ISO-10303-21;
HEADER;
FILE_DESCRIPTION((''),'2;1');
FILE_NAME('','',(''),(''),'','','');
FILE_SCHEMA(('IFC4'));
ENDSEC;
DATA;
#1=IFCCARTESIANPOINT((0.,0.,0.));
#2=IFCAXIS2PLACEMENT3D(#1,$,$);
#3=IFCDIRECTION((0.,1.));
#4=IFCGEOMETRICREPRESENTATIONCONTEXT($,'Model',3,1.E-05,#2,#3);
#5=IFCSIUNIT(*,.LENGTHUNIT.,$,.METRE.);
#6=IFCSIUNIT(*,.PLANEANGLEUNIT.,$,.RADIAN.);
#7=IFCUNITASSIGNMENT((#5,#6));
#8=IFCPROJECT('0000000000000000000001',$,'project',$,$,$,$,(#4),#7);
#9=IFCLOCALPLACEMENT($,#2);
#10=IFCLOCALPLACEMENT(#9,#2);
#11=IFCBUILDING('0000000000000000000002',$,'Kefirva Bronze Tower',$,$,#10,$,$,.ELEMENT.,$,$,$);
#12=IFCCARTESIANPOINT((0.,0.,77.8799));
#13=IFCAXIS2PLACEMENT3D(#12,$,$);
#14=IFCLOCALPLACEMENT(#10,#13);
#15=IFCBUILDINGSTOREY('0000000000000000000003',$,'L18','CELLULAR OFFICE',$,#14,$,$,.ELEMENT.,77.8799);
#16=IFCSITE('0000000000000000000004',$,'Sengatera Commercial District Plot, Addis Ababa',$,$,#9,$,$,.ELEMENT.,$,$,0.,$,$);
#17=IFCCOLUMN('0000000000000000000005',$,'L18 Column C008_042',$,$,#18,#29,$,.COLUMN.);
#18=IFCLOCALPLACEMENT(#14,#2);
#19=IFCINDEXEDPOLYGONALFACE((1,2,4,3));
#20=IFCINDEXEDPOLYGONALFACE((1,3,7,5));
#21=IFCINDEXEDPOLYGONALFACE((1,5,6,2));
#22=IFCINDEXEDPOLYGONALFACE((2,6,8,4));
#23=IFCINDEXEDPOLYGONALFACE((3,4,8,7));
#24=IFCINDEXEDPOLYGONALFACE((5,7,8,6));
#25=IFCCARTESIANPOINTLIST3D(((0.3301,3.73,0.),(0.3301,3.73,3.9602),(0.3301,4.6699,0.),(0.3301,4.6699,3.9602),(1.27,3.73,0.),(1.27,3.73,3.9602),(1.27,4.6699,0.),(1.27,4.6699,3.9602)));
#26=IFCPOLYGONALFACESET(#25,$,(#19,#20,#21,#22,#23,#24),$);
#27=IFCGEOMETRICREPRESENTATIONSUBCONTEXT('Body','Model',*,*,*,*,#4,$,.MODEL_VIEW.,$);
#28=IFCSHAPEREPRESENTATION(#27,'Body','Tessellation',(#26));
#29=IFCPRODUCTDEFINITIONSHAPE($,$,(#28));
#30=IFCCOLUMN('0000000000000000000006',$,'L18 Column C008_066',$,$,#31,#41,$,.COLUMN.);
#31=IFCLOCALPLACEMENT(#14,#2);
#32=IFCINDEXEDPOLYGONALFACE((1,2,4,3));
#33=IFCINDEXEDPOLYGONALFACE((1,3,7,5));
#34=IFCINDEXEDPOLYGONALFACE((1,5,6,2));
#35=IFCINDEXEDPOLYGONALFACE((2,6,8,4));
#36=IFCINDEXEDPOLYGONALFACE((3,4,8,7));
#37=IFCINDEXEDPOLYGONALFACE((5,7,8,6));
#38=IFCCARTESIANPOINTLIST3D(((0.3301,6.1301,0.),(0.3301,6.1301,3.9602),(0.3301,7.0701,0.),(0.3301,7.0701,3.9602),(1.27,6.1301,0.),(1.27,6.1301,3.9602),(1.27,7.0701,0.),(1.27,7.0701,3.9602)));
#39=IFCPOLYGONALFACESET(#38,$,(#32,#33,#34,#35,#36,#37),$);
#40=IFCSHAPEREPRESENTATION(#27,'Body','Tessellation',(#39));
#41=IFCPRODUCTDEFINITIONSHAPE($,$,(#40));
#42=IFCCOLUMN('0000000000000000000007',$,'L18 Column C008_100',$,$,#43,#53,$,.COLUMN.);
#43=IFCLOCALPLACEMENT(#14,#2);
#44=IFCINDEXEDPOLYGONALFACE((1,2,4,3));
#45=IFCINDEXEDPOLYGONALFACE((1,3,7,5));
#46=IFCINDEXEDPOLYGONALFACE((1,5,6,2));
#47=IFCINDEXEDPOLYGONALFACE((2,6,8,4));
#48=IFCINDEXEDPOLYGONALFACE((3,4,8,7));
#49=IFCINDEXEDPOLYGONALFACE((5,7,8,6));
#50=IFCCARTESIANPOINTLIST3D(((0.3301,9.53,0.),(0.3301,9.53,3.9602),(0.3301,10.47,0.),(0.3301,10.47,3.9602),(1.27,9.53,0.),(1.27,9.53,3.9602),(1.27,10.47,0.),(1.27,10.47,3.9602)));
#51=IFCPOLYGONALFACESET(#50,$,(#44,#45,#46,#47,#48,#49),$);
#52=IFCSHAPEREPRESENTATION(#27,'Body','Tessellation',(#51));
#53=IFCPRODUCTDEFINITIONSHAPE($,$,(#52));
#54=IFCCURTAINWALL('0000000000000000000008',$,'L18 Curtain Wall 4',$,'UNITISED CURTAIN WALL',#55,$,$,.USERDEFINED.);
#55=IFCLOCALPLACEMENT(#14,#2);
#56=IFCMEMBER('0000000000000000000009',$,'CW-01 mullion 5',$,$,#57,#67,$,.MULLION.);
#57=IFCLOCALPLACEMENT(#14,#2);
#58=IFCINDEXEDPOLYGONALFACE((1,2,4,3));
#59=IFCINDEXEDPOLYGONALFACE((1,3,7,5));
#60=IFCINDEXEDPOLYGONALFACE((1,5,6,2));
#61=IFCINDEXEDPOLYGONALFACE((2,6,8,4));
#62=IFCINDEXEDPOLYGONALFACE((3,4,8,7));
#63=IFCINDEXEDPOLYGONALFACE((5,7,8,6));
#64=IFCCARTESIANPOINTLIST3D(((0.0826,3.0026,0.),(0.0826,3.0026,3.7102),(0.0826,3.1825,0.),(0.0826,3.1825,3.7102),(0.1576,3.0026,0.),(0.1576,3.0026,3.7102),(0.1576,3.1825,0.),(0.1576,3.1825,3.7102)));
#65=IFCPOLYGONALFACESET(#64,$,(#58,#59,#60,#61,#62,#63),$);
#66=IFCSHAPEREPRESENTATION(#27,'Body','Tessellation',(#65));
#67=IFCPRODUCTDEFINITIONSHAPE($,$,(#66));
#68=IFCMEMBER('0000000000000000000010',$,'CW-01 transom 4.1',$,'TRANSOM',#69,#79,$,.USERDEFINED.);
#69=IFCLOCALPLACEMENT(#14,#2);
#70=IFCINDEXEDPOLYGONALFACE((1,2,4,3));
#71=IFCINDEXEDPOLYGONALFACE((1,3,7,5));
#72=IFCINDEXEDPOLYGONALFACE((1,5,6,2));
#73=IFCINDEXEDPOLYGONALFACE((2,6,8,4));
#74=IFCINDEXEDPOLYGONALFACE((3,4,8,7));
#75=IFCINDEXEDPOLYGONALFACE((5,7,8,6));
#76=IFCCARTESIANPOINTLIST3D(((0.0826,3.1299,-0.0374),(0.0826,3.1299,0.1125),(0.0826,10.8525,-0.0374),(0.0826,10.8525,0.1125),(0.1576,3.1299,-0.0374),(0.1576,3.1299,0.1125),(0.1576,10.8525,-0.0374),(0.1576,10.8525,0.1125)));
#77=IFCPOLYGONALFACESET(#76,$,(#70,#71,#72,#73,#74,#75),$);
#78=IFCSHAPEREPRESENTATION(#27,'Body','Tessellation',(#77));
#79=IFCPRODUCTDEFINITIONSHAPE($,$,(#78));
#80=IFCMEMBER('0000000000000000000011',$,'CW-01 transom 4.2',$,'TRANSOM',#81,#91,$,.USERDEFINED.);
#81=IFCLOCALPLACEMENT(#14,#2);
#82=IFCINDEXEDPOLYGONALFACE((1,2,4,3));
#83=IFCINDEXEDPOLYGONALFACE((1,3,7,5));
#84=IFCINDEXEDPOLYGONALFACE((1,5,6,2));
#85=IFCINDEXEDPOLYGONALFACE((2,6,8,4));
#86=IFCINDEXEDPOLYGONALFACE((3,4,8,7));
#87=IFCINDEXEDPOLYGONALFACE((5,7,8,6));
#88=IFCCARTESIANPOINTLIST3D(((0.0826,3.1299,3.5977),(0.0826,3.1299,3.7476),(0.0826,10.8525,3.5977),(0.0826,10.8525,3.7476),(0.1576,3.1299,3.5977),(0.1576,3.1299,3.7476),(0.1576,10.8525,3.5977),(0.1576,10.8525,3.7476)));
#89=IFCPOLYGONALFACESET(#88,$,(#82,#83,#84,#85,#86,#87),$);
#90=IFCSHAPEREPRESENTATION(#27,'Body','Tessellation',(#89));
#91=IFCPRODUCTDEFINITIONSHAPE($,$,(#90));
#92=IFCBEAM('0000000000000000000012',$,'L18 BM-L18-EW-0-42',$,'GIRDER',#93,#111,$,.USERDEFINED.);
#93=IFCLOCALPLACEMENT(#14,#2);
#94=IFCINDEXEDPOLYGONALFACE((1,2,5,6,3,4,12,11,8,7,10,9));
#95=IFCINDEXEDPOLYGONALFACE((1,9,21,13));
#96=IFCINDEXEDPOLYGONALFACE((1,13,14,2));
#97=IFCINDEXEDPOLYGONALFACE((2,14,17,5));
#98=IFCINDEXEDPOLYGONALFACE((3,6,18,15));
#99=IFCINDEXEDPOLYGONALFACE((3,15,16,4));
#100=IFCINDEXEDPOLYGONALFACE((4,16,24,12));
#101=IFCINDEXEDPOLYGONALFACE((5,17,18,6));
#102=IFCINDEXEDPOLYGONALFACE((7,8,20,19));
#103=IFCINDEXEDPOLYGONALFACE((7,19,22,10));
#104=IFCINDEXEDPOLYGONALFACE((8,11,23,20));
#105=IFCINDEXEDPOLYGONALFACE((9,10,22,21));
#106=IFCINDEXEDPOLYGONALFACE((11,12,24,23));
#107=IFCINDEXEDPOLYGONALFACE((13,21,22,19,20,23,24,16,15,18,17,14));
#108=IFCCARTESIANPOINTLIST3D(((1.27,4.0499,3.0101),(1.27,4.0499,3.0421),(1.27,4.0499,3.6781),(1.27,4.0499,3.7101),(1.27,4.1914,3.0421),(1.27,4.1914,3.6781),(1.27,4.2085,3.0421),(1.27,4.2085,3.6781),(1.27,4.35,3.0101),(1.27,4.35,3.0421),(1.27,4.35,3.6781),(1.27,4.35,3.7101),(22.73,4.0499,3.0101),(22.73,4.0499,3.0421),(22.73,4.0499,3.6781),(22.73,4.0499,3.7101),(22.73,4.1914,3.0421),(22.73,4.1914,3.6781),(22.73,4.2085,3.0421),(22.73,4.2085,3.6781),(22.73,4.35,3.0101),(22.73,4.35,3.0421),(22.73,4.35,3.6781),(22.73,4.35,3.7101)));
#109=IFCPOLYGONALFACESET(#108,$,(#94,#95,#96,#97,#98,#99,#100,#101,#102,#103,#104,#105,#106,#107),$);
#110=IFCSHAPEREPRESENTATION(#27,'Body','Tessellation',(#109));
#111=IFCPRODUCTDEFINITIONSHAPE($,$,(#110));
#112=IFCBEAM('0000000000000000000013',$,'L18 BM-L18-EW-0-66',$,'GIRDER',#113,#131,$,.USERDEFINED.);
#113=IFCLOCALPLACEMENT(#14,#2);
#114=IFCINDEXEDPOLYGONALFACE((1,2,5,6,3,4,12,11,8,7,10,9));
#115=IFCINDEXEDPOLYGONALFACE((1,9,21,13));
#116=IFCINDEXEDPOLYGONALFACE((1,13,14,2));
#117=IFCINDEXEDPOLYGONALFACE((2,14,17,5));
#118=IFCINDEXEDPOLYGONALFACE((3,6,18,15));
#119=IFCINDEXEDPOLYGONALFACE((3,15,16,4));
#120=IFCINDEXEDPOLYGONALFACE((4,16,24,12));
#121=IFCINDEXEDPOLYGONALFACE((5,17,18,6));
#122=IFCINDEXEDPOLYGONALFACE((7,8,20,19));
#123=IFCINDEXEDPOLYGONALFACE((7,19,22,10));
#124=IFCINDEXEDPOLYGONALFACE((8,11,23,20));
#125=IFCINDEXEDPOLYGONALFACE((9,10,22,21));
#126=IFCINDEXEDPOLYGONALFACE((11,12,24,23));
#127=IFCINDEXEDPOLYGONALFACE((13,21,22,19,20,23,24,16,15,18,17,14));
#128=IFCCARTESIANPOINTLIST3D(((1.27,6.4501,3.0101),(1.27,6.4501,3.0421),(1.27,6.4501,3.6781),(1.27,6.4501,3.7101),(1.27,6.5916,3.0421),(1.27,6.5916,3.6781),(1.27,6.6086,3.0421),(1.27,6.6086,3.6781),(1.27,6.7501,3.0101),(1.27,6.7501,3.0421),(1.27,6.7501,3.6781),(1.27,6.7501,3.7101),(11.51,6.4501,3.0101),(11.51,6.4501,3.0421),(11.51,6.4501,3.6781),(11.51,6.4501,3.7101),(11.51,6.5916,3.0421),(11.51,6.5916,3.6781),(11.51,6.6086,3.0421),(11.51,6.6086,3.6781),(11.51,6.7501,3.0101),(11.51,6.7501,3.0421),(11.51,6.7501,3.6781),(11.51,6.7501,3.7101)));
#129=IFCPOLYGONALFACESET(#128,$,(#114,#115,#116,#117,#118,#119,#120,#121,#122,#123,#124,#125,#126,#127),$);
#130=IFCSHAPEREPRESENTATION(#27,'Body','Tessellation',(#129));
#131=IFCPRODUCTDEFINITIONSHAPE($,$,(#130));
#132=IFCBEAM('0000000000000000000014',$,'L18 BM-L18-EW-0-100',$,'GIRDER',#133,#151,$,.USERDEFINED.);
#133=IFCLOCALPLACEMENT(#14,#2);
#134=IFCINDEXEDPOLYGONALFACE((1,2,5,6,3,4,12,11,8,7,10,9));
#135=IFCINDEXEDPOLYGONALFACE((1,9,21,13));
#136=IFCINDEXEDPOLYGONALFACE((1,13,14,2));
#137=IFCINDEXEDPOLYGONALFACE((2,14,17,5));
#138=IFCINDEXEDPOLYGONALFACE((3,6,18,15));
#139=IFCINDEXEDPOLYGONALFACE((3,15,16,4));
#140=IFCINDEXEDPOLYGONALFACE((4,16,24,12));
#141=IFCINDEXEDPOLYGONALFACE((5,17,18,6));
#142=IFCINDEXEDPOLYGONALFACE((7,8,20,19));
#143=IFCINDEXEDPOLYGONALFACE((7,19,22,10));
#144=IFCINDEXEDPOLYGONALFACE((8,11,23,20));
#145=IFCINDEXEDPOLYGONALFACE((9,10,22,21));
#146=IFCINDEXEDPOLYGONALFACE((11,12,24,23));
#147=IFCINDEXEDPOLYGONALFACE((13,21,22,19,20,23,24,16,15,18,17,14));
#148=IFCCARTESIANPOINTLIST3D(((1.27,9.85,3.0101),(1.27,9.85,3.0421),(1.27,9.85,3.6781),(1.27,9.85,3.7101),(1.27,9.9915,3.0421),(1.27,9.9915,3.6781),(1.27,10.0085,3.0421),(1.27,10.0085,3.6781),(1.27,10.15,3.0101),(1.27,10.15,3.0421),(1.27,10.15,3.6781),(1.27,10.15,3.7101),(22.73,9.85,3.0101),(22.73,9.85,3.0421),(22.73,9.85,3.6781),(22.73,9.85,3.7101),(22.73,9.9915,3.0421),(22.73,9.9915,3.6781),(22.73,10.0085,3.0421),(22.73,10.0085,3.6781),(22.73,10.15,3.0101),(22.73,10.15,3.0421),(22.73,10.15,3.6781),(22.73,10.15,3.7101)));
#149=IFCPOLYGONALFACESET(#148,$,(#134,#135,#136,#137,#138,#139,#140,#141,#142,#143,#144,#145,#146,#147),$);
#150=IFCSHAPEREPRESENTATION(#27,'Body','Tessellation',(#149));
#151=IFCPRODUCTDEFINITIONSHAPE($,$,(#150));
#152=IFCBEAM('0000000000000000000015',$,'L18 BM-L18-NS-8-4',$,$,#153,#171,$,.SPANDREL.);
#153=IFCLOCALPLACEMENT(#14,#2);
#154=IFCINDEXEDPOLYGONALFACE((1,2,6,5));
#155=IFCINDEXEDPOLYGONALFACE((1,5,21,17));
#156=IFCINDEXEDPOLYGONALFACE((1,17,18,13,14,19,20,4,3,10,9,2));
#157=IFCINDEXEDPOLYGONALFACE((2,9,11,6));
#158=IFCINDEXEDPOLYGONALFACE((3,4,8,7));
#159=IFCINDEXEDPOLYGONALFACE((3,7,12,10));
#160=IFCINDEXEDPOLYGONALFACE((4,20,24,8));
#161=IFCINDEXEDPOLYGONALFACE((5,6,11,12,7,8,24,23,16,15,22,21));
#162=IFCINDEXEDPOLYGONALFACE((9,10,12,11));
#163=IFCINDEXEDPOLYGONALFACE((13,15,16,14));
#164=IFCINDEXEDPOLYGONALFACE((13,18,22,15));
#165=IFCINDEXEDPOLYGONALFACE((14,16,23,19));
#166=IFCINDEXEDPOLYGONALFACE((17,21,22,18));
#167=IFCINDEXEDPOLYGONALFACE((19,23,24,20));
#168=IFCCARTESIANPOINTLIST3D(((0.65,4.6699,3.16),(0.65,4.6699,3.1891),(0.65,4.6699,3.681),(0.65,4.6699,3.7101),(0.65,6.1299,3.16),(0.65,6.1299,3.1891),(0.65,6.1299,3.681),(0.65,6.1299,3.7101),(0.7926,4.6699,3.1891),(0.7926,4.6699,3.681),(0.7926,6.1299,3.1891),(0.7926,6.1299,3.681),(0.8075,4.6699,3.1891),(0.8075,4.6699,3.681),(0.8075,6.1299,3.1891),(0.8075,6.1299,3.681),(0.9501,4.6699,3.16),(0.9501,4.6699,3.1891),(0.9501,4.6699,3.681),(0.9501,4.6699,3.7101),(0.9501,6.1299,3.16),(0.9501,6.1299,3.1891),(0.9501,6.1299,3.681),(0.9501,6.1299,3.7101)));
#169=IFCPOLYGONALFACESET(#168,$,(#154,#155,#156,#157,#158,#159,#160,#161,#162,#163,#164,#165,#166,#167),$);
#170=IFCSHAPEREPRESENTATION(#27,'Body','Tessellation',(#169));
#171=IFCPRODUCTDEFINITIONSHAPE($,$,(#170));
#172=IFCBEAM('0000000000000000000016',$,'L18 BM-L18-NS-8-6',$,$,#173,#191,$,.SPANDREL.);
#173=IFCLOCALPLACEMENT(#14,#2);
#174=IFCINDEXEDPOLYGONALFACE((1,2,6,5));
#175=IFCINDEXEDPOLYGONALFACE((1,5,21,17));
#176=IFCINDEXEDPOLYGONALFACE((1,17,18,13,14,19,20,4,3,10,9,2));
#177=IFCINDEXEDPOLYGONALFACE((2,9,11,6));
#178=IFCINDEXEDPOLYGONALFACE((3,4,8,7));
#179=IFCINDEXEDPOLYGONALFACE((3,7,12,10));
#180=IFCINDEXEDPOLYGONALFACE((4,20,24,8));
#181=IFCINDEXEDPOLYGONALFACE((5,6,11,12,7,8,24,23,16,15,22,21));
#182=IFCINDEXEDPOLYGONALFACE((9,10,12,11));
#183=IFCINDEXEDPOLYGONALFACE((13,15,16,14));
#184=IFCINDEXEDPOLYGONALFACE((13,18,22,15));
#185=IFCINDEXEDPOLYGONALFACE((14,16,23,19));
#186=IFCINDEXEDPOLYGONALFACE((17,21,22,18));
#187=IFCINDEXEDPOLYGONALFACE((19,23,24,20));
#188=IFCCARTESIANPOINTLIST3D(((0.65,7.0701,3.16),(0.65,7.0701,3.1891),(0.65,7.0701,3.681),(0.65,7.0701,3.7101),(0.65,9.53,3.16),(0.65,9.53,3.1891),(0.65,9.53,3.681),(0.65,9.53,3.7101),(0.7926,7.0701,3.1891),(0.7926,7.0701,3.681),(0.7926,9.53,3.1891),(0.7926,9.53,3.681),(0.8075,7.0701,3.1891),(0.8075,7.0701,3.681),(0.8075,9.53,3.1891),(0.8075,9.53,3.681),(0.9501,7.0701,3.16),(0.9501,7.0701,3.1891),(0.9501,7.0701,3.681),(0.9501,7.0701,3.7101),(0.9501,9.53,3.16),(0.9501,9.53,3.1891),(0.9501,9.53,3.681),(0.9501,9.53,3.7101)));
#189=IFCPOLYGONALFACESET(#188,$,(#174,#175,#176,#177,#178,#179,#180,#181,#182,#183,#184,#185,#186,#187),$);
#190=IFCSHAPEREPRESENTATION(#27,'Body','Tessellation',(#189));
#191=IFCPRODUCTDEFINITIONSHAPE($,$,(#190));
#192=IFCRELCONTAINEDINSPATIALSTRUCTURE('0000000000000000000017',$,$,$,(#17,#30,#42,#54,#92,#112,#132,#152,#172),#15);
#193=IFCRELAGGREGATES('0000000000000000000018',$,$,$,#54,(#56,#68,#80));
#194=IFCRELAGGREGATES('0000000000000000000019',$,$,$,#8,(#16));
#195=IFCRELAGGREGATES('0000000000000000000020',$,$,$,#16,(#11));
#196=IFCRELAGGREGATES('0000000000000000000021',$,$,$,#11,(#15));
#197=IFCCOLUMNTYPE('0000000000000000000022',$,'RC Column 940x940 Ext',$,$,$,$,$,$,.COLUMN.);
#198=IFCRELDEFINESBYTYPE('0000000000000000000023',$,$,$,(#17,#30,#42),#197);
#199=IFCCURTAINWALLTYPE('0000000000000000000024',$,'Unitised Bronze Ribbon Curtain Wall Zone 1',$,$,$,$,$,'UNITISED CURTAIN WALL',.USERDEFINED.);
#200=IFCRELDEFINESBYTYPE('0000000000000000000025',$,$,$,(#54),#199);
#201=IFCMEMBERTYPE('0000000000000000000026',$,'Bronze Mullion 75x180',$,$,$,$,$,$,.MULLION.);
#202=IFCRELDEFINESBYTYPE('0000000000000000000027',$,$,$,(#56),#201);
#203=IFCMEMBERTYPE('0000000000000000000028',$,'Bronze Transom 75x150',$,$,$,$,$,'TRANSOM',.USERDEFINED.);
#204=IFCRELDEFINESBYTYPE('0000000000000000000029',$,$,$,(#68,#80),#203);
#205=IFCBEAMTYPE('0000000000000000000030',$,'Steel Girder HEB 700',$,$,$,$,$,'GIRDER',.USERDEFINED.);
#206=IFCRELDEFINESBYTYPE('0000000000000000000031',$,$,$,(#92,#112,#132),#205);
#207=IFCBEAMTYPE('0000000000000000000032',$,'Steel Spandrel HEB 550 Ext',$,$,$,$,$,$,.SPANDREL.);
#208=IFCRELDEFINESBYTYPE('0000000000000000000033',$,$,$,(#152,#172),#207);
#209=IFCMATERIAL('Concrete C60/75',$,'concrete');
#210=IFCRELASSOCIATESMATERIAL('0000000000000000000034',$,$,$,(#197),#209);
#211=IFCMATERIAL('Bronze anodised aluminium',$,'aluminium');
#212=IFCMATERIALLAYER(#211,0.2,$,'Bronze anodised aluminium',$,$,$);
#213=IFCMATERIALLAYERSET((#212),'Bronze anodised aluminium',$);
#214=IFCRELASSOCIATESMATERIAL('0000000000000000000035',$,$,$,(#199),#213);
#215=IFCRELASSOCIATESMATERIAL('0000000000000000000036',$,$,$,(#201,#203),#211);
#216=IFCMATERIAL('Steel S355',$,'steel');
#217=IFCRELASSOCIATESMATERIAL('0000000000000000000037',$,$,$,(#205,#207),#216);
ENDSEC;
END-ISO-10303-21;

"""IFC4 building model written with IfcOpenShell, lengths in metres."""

from ifc_helpers import new_model, si_unit, direction, frame, origin, origin_2d, place, context, subcontext, project, spatial, rectangle, i_section, extrude, material, layer, layer_set, material_profile, profile_set, type_object, element, aggregate, save


model = new_model("IFC4")

# Units and contexts
model_context = context("Model", 3, precision=1e-05, world=origin(), true_north=direction((0.0, 1.0)))
body_context = subcontext(model_context, "Body", "Model", "MODEL_VIEW")
ifc_project = project(units=[si_unit("LENGTHUNIT", "METRE"), si_unit("PLANEANGLEUNIT", "RADIAN")], contexts=[model_context])

# Site, building, storey
site_placement = place(None, origin())
site = spatial("IfcSite", under=ifc_project, at=site_placement, Name="Sengatera Commercial District Plot, Addis Ababa", CompositionType="ELEMENT", RefElevation=0.0)
building_placement = place(site_placement, origin())
building = spatial("IfcBuilding", under=site, at=building_placement, Name="Kefirva Bronze Tower", CompositionType="ELEMENT")
storey_placement = place(building_placement, frame((0.0, 0.0, 77.8799)))
storey = spatial("IfcBuildingStorey", under=building, at=storey_placement, Name="L18", Description="CELLULAR OFFICE", CompositionType="ELEMENT", Elevation=77.8799)

# Columns
ifc_material_1 = material(Name="Concrete C60/75", Category="concrete")
ifc_material_profile_1 = material_profile(ifc_material_1, rectangle(XDim=0.9399, YDim=0.9399, at=origin_2d()), Name="RC 940x940")
ifc_profile_set_1 = profile_set([ifc_material_profile_1], Name="Concrete C60/75")
column_type = type_object("IfcColumnType", Name="RC Column 940x940 Ext", PredefinedType="COLUMN", material=ifc_profile_set_1)
for number, where, z_axis, x_axis, name in (
    (1, (0.8, 4.2, 0.0), (0.0, 0.0, 1.0), (1.0, 0.0, 0.0), "L18 Column C008_042"),
    (2, (0.8, 6.6001, 0.0), (0.0, 0.0, 1.0), (1.0, 0.0, 0.0), "L18 Column C008_066"),
    (3, (0.8, 10.0, 0.0), (0.0, 0.0, 1.0), (1.0, 0.0, 0.0), "L18 Column C008_100"),
):
    element("IfcColumn", number, at=place(storey_placement, frame(where, z_axis=z_axis, x_axis=x_axis)), inside=storey, type_object=column_type, Name=name, PredefinedType="COLUMN", context=body_context, shape_type="SweptSolid", body=[
        extrude(rectangle(XDim=0.9399, YDim=0.9399, at=origin_2d()), origin(), (0.0, 0.0, 1.0), 3.9602),
    ])

# Curtain wall, members
ifc_material_2 = material(Name="Bronze anodised aluminium", Category="aluminium")
ifc_layer_1 = layer(ifc_material_2, 0.2, Name="Bronze anodised aluminium")
ifc_layer_set_1 = layer_set([ifc_layer_1], Name="Bronze anodised aluminium")
curtain_wall_type = type_object("IfcCurtainWallType", Name="Unitised Bronze Ribbon Curtain Wall Zone 1", ElementType="UNITISED CURTAIN WALL", PredefinedType="USERDEFINED", material=ifc_layer_set_1)
curtain_wall_placement = place(storey_placement, origin())
curtain_wall = element("IfcCurtainWall", 4, at=curtain_wall_placement, inside=storey, type_object=curtain_wall_type, Name="L18 Curtain Wall 4", ObjectType="UNITISED CURTAIN WALL", PredefinedType="USERDEFINED")
ifc_material_profile_2 = material_profile(ifc_material_2, rectangle(XDim=0.075, YDim=0.1799, at=origin_2d()), Name="ALU 75x180")
ifc_profile_set_2 = profile_set([ifc_material_profile_2], Name="Bronze anodised aluminium")
member_type_1 = type_object("IfcMemberType", Name="Bronze Mullion 75x180", PredefinedType="MULLION", material=ifc_profile_set_2)
member_1_placement = place(storey_placement, frame((0.1201, 3.0925, 0.0), z_axis=(0.0, 0.0, 1.0), x_axis=(1.0, 0.0, 0.0)))
member_1 = element("IfcMember", 5, at=member_1_placement, type_object=member_type_1, Name="CW-01 mullion 5", PredefinedType="MULLION", context=body_context, shape_type="SweptSolid", body=[
    extrude(rectangle(XDim=0.075, YDim=0.1799, at=origin_2d()), origin(), (0.0, 0.0, 1.0), 3.7102),
])
ifc_material_profile_3 = material_profile(ifc_material_2, rectangle(XDim=0.075, YDim=0.1499, at=origin_2d()), Name="ALU 75x150")
ifc_profile_set_3 = profile_set([ifc_material_profile_3], Name="Bronze anodised aluminium")
member_type_2 = type_object("IfcMemberType", Name="Bronze Transom 75x150", ElementType="TRANSOM", PredefinedType="USERDEFINED", material=ifc_profile_set_3)
member_2_placement = place(storey_placement, frame((0.1201, 10.8525, 0.0376), z_axis=(0.0, -1.0, 0.0), x_axis=(1.0, 0.0, 0.0)))
member_2 = element("IfcMember", 6, at=member_2_placement, type_object=member_type_2, Name="CW-01 transom 4.1", ObjectType="TRANSOM", PredefinedType="USERDEFINED", context=body_context, shape_type="SweptSolid", body=[
    extrude(rectangle(XDim=0.075, YDim=0.1499, at=origin_2d()), origin(), (0.0, 0.0, 1.0), 7.7227),
])
member_3_placement = place(storey_placement, frame((0.1201, 10.8525, 3.6726), z_axis=(0.0, -1.0, 0.0), x_axis=(1.0, 0.0, 0.0)))
member_3 = element("IfcMember", 7, at=member_3_placement, type_object=member_type_2, Name="CW-01 transom 4.2", ObjectType="TRANSOM", PredefinedType="USERDEFINED", context=body_context, shape_type="SweptSolid", body=[
    extrude(rectangle(XDim=0.075, YDim=0.1499, at=origin_2d()), origin(), (0.0, 0.0, 1.0), 7.7227),
])

# Beams
ifc_material_3 = material(Name="Steel S355", Category="steel")
ifc_material_profile_4 = material_profile(ifc_material_3, i_section(OverallWidth=0.3, OverallDepth=0.7, WebThickness=0.0171, FlangeThickness=0.032, at=origin_2d()), Name="HEB 700")
ifc_profile_set_4 = profile_set([ifc_material_profile_4], Name="Steel S355")
beam_type_1 = type_object("IfcBeamType", Name="Steel Girder HEB 700", ElementType="GIRDER", PredefinedType="USERDEFINED", material=ifc_profile_set_4)
beam_1_placement = place(storey_placement, frame((1.27, 4.2, 3.3601), z_axis=(1.0, 0.0, 0.0), x_axis=(0.0, 1.0, 0.0)))
element("IfcBeam", 8, at=beam_1_placement, inside=storey, type_object=beam_type_1, Name="L18 BM-L18-EW-0-42", ObjectType="GIRDER", PredefinedType="USERDEFINED", context=body_context, shape_type="SweptSolid", body=[
    extrude(i_section(OverallWidth=0.3, OverallDepth=0.7, WebThickness=0.0171, FlangeThickness=0.032, at=origin_2d()), origin(), (0.0, 0.0, 1.0), 21.46),
])
beam_2_placement = place(storey_placement, frame((1.27, 6.6001, 3.3601), z_axis=(1.0, 0.0, 0.0), x_axis=(0.0, 1.0, 0.0)))
element("IfcBeam", 9, at=beam_2_placement, inside=storey, type_object=beam_type_1, Name="L18 BM-L18-EW-0-66", ObjectType="GIRDER", PredefinedType="USERDEFINED", context=body_context, shape_type="SweptSolid", body=[
    extrude(i_section(OverallWidth=0.3, OverallDepth=0.7, WebThickness=0.0171, FlangeThickness=0.032, at=origin_2d()), origin(), (0.0, 0.0, 1.0), 10.24),
])
beam_3_placement = place(storey_placement, frame((1.27, 10.0, 3.3601), z_axis=(1.0, 0.0, 0.0), x_axis=(0.0, 1.0, 0.0)))
element("IfcBeam", 10, at=beam_3_placement, inside=storey, type_object=beam_type_1, Name="L18 BM-L18-EW-0-100", ObjectType="GIRDER", PredefinedType="USERDEFINED", context=body_context, shape_type="SweptSolid", body=[
    extrude(i_section(OverallWidth=0.3, OverallDepth=0.7, WebThickness=0.0171, FlangeThickness=0.032, at=origin_2d()), origin(), (0.0, 0.0, 1.0), 21.46),
])
ifc_material_profile_5 = material_profile(ifc_material_3, i_section(OverallWidth=0.3, OverallDepth=0.55, WebThickness=0.0149, FlangeThickness=0.0291, at=origin_2d()), Name="HEB 550")
ifc_profile_set_5 = profile_set([ifc_material_profile_5], Name="Steel S355")
beam_type_2 = type_object("IfcBeamType", Name="Steel Spandrel HEB 550 Ext", PredefinedType="SPANDREL", material=ifc_profile_set_5)
beam_4_placement = place(storey_placement, frame((0.8, 4.6699, 3.4351), z_axis=(0.0, 1.0, 0.0), x_axis=(-1.0, 0.0, 0.0)))
element("IfcBeam", 11, at=beam_4_placement, inside=storey, type_object=beam_type_2, Name="L18 BM-L18-NS-8-4", PredefinedType="SPANDREL", context=body_context, shape_type="SweptSolid", body=[
    extrude(i_section(OverallWidth=0.3, OverallDepth=0.55, WebThickness=0.0149, FlangeThickness=0.0291, at=origin_2d()), origin(), (0.0, 0.0, 1.0), 1.46),
])
beam_5_placement = place(storey_placement, frame((0.8, 7.0701, 3.4351), z_axis=(0.0, 1.0, 0.0), x_axis=(-1.0, 0.0, 0.0)))
element("IfcBeam", 12, at=beam_5_placement, inside=storey, type_object=beam_type_2, Name="L18 BM-L18-NS-8-6", PredefinedType="SPANDREL", context=body_context, shape_type="SweptSolid", body=[
    extrude(i_section(OverallWidth=0.3, OverallDepth=0.55, WebThickness=0.0149, FlangeThickness=0.0291, at=origin_2d()), origin(), (0.0, 0.0, 1.0), 2.46),
])

aggregate(curtain_wall, [member_1, member_2, member_3])

save(model, "model.ifc")
